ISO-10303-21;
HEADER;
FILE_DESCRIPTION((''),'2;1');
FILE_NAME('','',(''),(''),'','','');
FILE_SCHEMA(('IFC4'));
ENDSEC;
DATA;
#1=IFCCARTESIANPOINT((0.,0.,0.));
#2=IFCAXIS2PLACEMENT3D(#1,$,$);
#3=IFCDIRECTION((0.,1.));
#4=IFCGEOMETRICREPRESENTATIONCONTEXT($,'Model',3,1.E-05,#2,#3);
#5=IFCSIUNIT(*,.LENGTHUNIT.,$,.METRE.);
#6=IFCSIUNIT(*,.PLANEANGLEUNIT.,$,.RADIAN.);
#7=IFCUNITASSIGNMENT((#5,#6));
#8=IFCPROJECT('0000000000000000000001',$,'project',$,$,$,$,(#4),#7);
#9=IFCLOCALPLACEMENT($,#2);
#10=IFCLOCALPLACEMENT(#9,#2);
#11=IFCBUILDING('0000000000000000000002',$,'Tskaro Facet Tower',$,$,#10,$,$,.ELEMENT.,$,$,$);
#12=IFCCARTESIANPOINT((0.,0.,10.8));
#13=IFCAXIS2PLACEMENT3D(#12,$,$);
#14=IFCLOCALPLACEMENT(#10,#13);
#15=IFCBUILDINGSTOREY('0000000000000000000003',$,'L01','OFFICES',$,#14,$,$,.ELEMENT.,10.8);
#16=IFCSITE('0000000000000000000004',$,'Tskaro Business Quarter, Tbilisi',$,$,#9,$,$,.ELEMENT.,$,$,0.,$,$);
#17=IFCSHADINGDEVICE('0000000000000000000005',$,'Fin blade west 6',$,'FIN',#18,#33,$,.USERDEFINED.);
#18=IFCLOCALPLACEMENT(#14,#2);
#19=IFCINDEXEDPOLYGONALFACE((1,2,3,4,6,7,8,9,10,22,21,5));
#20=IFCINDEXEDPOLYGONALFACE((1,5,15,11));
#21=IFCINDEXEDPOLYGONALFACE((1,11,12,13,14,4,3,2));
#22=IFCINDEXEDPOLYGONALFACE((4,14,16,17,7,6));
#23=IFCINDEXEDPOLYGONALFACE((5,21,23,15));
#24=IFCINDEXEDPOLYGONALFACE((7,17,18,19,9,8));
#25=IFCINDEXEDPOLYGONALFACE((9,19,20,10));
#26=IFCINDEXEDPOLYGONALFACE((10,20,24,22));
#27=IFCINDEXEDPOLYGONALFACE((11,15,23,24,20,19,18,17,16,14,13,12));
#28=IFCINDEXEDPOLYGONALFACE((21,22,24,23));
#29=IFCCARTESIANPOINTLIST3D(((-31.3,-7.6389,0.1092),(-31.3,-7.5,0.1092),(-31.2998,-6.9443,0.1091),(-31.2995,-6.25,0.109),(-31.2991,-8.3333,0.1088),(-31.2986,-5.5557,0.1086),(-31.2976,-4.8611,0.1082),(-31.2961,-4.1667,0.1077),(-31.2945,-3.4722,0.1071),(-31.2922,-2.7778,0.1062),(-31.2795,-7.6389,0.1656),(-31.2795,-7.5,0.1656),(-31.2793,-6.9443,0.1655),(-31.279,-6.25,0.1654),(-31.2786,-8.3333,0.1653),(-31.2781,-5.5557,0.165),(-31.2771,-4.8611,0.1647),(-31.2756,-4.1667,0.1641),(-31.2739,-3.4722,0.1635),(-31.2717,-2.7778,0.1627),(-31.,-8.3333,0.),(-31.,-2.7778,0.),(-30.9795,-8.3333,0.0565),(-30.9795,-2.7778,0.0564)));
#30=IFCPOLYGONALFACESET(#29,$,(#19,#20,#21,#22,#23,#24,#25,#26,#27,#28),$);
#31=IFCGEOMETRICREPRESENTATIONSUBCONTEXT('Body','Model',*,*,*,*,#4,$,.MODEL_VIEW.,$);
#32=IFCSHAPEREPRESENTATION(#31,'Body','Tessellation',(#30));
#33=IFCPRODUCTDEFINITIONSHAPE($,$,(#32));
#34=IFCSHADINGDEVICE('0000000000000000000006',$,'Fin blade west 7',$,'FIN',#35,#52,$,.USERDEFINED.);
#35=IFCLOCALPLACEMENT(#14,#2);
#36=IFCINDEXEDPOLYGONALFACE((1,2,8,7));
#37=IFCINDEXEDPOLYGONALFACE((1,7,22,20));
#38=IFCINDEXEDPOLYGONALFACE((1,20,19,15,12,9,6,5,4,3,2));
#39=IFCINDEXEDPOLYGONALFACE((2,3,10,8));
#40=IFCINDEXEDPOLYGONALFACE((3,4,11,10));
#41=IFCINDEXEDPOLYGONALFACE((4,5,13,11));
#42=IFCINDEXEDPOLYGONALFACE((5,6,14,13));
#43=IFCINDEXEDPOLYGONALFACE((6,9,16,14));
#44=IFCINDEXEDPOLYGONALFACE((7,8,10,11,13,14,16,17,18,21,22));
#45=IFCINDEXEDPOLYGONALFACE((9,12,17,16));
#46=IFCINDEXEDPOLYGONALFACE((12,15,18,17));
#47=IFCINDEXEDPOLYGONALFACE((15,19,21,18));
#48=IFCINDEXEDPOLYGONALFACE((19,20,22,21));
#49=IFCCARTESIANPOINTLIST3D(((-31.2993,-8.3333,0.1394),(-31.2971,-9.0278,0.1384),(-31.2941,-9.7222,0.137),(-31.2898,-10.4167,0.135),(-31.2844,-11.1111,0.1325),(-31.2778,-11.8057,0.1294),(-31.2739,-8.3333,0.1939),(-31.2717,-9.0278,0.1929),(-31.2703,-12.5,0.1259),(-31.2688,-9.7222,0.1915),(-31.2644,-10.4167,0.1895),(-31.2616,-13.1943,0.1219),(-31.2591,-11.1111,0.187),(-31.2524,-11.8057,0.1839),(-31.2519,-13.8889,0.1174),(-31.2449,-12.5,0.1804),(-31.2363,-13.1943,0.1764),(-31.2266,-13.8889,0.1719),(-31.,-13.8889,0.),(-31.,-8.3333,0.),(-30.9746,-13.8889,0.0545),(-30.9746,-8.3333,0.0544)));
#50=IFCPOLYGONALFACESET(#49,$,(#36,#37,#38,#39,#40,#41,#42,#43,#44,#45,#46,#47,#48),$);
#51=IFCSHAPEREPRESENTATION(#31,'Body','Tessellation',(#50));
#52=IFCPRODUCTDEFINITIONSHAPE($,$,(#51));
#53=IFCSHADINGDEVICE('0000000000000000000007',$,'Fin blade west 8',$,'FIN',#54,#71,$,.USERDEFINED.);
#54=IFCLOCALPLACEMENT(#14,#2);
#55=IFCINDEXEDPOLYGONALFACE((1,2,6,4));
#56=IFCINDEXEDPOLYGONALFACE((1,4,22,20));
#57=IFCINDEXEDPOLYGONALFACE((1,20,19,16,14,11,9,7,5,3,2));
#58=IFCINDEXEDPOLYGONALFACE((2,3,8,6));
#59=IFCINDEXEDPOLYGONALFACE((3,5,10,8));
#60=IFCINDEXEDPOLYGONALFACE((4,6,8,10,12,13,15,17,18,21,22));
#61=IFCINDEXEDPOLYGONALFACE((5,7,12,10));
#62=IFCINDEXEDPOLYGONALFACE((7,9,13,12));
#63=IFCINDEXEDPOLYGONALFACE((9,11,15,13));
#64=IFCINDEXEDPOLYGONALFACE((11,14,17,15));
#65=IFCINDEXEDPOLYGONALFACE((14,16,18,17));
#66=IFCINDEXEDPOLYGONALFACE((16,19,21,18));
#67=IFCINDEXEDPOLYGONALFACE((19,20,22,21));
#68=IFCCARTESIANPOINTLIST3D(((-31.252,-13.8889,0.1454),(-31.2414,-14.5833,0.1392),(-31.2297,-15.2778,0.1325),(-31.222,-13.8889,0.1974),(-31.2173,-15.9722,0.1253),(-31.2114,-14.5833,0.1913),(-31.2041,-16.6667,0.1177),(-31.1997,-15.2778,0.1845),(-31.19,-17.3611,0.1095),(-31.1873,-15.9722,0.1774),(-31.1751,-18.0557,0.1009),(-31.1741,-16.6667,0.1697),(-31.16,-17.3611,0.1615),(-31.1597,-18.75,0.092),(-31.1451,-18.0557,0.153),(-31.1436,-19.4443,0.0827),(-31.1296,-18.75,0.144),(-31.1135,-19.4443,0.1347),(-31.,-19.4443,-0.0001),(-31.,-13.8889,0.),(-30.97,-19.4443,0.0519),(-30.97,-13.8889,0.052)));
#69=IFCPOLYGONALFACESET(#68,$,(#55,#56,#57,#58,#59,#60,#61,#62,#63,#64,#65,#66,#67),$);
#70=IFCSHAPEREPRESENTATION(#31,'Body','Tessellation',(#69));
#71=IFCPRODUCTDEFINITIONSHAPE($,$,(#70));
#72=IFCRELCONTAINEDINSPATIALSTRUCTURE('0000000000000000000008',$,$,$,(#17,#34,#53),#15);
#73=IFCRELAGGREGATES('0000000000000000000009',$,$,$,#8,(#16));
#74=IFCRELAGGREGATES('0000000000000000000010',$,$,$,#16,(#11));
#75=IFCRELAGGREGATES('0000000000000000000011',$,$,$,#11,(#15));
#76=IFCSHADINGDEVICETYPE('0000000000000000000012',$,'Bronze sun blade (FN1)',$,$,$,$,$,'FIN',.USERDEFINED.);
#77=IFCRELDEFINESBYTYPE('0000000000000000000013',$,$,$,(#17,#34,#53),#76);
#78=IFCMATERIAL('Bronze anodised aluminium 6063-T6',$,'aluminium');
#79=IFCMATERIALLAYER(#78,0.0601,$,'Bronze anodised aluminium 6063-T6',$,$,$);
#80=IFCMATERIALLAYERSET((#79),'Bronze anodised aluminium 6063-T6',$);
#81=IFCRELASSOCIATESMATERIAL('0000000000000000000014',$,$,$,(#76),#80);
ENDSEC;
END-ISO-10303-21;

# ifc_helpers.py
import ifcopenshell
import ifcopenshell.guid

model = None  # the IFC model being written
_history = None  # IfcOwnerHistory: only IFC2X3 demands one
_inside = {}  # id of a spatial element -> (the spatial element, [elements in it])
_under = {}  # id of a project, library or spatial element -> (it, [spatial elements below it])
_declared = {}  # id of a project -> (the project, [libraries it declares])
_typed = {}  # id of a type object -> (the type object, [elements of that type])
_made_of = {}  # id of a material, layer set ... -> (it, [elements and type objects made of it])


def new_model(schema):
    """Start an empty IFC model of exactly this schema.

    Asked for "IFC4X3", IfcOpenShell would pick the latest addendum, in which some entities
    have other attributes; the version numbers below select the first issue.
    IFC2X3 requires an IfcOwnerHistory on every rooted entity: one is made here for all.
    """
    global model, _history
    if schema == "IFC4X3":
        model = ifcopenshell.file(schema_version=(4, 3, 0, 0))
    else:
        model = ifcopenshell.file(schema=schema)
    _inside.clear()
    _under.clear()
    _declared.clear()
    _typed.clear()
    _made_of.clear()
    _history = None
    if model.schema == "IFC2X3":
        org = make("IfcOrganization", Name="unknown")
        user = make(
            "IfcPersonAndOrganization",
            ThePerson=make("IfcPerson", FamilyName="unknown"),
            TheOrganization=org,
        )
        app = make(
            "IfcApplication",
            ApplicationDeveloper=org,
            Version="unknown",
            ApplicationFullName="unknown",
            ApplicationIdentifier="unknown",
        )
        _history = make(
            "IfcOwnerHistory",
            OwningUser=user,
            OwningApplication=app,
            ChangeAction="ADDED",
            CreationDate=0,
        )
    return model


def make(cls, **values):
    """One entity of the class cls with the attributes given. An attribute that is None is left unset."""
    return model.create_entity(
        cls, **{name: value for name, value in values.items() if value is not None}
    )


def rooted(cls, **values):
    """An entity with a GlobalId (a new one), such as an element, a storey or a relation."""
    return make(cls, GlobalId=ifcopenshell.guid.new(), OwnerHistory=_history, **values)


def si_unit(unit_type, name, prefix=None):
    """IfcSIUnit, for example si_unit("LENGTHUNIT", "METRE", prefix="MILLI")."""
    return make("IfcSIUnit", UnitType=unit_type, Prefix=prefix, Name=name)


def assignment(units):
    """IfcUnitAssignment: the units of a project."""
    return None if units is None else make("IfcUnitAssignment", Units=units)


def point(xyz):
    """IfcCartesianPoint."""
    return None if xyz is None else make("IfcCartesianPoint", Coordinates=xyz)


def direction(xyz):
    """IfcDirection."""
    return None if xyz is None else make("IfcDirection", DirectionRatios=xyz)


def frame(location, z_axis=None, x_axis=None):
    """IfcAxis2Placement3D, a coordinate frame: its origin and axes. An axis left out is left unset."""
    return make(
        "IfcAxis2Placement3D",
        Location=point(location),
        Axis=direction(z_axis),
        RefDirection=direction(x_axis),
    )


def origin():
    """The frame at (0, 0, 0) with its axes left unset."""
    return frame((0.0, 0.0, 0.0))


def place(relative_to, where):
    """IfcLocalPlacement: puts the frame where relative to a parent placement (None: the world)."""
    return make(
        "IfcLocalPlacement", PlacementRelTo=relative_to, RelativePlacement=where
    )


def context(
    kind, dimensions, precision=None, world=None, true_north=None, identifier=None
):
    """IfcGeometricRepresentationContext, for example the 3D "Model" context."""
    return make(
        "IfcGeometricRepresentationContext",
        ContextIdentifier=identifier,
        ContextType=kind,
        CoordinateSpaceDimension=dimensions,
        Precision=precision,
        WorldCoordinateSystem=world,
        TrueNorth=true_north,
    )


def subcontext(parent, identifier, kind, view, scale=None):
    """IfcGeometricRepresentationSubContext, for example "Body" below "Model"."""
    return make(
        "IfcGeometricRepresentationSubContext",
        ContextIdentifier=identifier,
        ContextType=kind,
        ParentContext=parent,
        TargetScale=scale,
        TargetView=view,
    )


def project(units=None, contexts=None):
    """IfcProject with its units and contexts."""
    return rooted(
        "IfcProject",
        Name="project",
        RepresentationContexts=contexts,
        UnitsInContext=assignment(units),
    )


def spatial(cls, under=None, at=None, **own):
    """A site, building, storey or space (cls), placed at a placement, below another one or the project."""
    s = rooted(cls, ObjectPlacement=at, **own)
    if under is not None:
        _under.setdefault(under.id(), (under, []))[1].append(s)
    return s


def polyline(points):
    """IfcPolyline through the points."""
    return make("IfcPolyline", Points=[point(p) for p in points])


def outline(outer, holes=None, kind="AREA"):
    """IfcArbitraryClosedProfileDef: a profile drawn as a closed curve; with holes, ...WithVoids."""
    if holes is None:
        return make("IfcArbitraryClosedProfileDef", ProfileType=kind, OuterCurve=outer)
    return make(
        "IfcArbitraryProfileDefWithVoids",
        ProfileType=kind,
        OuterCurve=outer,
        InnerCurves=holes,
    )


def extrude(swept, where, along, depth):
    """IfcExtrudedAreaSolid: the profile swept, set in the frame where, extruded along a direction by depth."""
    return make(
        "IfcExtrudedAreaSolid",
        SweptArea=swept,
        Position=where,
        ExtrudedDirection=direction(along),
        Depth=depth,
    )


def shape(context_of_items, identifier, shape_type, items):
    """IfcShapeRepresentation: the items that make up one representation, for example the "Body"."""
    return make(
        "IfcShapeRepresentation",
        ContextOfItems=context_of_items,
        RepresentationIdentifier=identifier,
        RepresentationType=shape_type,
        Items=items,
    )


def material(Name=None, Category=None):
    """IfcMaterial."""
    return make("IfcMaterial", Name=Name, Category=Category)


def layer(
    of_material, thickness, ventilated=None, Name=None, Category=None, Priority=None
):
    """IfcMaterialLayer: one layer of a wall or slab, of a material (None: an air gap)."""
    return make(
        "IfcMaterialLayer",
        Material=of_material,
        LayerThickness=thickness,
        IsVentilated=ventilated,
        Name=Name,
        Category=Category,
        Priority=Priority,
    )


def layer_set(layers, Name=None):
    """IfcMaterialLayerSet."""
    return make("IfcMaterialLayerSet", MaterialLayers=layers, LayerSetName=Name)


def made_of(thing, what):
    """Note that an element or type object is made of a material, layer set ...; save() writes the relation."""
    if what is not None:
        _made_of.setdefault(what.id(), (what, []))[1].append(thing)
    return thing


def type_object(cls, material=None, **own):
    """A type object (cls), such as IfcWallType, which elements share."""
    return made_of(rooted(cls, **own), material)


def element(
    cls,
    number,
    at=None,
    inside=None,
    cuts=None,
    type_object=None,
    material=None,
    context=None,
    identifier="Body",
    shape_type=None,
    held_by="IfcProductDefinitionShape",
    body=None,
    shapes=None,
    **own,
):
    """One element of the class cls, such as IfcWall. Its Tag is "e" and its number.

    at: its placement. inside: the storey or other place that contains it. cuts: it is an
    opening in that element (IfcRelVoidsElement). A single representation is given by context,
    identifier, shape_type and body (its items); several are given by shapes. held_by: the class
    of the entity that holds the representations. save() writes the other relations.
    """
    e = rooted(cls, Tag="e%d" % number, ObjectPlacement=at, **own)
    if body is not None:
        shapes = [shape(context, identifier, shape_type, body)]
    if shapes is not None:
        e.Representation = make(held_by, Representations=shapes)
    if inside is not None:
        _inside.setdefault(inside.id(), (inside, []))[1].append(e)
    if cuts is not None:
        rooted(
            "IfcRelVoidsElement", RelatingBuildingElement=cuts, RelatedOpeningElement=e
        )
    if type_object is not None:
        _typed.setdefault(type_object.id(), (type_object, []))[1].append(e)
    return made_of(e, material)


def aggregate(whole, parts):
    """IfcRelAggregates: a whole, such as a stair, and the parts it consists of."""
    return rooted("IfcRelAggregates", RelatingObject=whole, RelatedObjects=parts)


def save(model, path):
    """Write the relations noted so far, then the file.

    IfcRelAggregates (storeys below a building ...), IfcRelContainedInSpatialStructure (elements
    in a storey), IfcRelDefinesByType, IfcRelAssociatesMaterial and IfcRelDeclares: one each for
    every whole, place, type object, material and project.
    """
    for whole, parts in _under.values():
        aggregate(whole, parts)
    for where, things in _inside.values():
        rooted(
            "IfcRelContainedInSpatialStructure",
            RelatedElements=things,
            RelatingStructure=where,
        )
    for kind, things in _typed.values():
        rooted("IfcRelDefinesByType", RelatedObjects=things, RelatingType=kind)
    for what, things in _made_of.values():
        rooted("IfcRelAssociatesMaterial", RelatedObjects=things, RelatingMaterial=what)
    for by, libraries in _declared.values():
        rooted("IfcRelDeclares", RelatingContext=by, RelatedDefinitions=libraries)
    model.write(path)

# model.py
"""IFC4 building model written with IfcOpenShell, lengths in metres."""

from ifc_helpers import new_model, si_unit, direction, frame, origin, place, context, subcontext, project, spatial, polyline, outline, extrude, material, layer, layer_set, type_object, element, save


model = new_model("IFC4")

# Units and contexts
model_context = context("Model", 3, precision=1e-05, world=origin(), true_north=direction((0.0, 1.0)))
body_context = subcontext(model_context, "Body", "Model", "MODEL_VIEW")
ifc_project = project(units=[si_unit("LENGTHUNIT", "METRE"), si_unit("PLANEANGLEUNIT", "RADIAN")], contexts=[model_context])

# Site, building, storey
site_placement = place(None, origin())
site = spatial("IfcSite", under=ifc_project, at=site_placement, Name="Tskaro Business Quarter, Tbilisi", CompositionType="ELEMENT", RefElevation=0.0)
building_placement = place(site_placement, origin())
building = spatial("IfcBuilding", under=site, at=building_placement, Name="Tskaro Facet Tower", CompositionType="ELEMENT")
storey_placement = place(building_placement, frame((0.0, 0.0, 10.8)))
storey = spatial("IfcBuildingStorey", under=building, at=storey_placement, Name="L01", Description="OFFICES", CompositionType="ELEMENT", Elevation=10.8)

# Shared definitions
ifc_material_1 = material(Name="Bronze anodised aluminium 6063-T6", Category="aluminium")

# Shading devices
ifc_layer_1 = layer(ifc_material_1, 0.0601, Name="Bronze anodised aluminium 6063-T6")
ifc_layer_set_1 = layer_set([ifc_layer_1], Name="Bronze anodised aluminium 6063-T6")
shading_device_type = type_object("IfcShadingDeviceType", Name="Bronze sun blade (FN1)", ElementType="FIN", PredefinedType="USERDEFINED", material=ifc_layer_set_1)
shading_device_1_placement = place(storey_placement, frame((-30.9795, -2.7778, 0.0564), z_axis=(0.341813, 0.000017, 0.939768), x_axis=(0.000006, -1.0, 0.000016)))
element("IfcShadingDevice", 1, at=shading_device_1_placement, inside=storey, type_object=shading_device_type, Name="Fin blade west 6", ObjectType="FIN", PredefinedType="USERDEFINED", context=body_context, shape_type="SweptSolid", body=[
    extrude(outline(polyline([(0.0, 0.0), (5.5554, 0.0), (5.5554, -0.3183), (4.8611, -0.3193), (4.7222, -0.3193), (4.1665, -0.319), (3.4722, -0.3187), (2.7778, -0.3177), (2.0833, -0.3167), (1.3889, -0.3151), (0.6943, -0.3133), (0.0, -0.3109), (0.0, 0.0)])), origin(), (0.0, 0.0, -1.0), 0.0601),
])
shading_device_2_placement = place(storey_placement, frame((-30.9746, -8.3333, 0.0544), z_axis=(0.422266, 0.000007, 0.906472), x_axis=(0.000003, -1.0, 0.000006)))
element("IfcShadingDevice", 2, at=shading_device_2_placement, inside=storey, type_object=shading_device_type, Name="Fin blade west 7", ObjectType="FIN", PredefinedType="USERDEFINED", context=body_context, shape_type="SweptSolid", body=[
    extrude(outline(polyline([(0.0, 0.0), (5.5557, 0.0), (5.5557, -0.278), (4.8611, -0.2887), (4.1667, -0.2982), (3.4724, -0.3065), (2.7778, -0.3138), (2.0835, -0.3197), (1.3889, -0.3245), (0.6946, -0.3278), (0.0, -0.3302), (0.0, 0.0)])), origin(), (0.0, 0.0, -1.0), 0.0601),
])
shading_device_3_placement = place(storey_placement, frame((-30.97, -13.8889, 0.052), z_axis=(0.499738, -0.000017, 0.866177), x_axis=(-0.000009, -1.0, -0.000015)))
element("IfcShadingDevice", 3, at=shading_device_3_placement, inside=storey, type_object=shading_device_type, Name="Fin blade west 8", ObjectType="FIN", PredefinedType="USERDEFINED", context=body_context, shape_type="SweptSolid", body=[
    extrude(outline(polyline([(0.0, 0.0), (5.5554, 0.0), (5.5554, -0.1657), (4.8611, -0.1843), (4.1667, -0.2021), (3.4722, -0.2193), (2.7778, -0.2356), (2.0833, -0.2509), (1.3889, -0.2652), (0.6943, -0.2787), (0.0, -0.291), (0.0, 0.0)])), origin(), (0.0, 0.0, -1.0), 0.0601),
])

save(model, "model.ifc")
